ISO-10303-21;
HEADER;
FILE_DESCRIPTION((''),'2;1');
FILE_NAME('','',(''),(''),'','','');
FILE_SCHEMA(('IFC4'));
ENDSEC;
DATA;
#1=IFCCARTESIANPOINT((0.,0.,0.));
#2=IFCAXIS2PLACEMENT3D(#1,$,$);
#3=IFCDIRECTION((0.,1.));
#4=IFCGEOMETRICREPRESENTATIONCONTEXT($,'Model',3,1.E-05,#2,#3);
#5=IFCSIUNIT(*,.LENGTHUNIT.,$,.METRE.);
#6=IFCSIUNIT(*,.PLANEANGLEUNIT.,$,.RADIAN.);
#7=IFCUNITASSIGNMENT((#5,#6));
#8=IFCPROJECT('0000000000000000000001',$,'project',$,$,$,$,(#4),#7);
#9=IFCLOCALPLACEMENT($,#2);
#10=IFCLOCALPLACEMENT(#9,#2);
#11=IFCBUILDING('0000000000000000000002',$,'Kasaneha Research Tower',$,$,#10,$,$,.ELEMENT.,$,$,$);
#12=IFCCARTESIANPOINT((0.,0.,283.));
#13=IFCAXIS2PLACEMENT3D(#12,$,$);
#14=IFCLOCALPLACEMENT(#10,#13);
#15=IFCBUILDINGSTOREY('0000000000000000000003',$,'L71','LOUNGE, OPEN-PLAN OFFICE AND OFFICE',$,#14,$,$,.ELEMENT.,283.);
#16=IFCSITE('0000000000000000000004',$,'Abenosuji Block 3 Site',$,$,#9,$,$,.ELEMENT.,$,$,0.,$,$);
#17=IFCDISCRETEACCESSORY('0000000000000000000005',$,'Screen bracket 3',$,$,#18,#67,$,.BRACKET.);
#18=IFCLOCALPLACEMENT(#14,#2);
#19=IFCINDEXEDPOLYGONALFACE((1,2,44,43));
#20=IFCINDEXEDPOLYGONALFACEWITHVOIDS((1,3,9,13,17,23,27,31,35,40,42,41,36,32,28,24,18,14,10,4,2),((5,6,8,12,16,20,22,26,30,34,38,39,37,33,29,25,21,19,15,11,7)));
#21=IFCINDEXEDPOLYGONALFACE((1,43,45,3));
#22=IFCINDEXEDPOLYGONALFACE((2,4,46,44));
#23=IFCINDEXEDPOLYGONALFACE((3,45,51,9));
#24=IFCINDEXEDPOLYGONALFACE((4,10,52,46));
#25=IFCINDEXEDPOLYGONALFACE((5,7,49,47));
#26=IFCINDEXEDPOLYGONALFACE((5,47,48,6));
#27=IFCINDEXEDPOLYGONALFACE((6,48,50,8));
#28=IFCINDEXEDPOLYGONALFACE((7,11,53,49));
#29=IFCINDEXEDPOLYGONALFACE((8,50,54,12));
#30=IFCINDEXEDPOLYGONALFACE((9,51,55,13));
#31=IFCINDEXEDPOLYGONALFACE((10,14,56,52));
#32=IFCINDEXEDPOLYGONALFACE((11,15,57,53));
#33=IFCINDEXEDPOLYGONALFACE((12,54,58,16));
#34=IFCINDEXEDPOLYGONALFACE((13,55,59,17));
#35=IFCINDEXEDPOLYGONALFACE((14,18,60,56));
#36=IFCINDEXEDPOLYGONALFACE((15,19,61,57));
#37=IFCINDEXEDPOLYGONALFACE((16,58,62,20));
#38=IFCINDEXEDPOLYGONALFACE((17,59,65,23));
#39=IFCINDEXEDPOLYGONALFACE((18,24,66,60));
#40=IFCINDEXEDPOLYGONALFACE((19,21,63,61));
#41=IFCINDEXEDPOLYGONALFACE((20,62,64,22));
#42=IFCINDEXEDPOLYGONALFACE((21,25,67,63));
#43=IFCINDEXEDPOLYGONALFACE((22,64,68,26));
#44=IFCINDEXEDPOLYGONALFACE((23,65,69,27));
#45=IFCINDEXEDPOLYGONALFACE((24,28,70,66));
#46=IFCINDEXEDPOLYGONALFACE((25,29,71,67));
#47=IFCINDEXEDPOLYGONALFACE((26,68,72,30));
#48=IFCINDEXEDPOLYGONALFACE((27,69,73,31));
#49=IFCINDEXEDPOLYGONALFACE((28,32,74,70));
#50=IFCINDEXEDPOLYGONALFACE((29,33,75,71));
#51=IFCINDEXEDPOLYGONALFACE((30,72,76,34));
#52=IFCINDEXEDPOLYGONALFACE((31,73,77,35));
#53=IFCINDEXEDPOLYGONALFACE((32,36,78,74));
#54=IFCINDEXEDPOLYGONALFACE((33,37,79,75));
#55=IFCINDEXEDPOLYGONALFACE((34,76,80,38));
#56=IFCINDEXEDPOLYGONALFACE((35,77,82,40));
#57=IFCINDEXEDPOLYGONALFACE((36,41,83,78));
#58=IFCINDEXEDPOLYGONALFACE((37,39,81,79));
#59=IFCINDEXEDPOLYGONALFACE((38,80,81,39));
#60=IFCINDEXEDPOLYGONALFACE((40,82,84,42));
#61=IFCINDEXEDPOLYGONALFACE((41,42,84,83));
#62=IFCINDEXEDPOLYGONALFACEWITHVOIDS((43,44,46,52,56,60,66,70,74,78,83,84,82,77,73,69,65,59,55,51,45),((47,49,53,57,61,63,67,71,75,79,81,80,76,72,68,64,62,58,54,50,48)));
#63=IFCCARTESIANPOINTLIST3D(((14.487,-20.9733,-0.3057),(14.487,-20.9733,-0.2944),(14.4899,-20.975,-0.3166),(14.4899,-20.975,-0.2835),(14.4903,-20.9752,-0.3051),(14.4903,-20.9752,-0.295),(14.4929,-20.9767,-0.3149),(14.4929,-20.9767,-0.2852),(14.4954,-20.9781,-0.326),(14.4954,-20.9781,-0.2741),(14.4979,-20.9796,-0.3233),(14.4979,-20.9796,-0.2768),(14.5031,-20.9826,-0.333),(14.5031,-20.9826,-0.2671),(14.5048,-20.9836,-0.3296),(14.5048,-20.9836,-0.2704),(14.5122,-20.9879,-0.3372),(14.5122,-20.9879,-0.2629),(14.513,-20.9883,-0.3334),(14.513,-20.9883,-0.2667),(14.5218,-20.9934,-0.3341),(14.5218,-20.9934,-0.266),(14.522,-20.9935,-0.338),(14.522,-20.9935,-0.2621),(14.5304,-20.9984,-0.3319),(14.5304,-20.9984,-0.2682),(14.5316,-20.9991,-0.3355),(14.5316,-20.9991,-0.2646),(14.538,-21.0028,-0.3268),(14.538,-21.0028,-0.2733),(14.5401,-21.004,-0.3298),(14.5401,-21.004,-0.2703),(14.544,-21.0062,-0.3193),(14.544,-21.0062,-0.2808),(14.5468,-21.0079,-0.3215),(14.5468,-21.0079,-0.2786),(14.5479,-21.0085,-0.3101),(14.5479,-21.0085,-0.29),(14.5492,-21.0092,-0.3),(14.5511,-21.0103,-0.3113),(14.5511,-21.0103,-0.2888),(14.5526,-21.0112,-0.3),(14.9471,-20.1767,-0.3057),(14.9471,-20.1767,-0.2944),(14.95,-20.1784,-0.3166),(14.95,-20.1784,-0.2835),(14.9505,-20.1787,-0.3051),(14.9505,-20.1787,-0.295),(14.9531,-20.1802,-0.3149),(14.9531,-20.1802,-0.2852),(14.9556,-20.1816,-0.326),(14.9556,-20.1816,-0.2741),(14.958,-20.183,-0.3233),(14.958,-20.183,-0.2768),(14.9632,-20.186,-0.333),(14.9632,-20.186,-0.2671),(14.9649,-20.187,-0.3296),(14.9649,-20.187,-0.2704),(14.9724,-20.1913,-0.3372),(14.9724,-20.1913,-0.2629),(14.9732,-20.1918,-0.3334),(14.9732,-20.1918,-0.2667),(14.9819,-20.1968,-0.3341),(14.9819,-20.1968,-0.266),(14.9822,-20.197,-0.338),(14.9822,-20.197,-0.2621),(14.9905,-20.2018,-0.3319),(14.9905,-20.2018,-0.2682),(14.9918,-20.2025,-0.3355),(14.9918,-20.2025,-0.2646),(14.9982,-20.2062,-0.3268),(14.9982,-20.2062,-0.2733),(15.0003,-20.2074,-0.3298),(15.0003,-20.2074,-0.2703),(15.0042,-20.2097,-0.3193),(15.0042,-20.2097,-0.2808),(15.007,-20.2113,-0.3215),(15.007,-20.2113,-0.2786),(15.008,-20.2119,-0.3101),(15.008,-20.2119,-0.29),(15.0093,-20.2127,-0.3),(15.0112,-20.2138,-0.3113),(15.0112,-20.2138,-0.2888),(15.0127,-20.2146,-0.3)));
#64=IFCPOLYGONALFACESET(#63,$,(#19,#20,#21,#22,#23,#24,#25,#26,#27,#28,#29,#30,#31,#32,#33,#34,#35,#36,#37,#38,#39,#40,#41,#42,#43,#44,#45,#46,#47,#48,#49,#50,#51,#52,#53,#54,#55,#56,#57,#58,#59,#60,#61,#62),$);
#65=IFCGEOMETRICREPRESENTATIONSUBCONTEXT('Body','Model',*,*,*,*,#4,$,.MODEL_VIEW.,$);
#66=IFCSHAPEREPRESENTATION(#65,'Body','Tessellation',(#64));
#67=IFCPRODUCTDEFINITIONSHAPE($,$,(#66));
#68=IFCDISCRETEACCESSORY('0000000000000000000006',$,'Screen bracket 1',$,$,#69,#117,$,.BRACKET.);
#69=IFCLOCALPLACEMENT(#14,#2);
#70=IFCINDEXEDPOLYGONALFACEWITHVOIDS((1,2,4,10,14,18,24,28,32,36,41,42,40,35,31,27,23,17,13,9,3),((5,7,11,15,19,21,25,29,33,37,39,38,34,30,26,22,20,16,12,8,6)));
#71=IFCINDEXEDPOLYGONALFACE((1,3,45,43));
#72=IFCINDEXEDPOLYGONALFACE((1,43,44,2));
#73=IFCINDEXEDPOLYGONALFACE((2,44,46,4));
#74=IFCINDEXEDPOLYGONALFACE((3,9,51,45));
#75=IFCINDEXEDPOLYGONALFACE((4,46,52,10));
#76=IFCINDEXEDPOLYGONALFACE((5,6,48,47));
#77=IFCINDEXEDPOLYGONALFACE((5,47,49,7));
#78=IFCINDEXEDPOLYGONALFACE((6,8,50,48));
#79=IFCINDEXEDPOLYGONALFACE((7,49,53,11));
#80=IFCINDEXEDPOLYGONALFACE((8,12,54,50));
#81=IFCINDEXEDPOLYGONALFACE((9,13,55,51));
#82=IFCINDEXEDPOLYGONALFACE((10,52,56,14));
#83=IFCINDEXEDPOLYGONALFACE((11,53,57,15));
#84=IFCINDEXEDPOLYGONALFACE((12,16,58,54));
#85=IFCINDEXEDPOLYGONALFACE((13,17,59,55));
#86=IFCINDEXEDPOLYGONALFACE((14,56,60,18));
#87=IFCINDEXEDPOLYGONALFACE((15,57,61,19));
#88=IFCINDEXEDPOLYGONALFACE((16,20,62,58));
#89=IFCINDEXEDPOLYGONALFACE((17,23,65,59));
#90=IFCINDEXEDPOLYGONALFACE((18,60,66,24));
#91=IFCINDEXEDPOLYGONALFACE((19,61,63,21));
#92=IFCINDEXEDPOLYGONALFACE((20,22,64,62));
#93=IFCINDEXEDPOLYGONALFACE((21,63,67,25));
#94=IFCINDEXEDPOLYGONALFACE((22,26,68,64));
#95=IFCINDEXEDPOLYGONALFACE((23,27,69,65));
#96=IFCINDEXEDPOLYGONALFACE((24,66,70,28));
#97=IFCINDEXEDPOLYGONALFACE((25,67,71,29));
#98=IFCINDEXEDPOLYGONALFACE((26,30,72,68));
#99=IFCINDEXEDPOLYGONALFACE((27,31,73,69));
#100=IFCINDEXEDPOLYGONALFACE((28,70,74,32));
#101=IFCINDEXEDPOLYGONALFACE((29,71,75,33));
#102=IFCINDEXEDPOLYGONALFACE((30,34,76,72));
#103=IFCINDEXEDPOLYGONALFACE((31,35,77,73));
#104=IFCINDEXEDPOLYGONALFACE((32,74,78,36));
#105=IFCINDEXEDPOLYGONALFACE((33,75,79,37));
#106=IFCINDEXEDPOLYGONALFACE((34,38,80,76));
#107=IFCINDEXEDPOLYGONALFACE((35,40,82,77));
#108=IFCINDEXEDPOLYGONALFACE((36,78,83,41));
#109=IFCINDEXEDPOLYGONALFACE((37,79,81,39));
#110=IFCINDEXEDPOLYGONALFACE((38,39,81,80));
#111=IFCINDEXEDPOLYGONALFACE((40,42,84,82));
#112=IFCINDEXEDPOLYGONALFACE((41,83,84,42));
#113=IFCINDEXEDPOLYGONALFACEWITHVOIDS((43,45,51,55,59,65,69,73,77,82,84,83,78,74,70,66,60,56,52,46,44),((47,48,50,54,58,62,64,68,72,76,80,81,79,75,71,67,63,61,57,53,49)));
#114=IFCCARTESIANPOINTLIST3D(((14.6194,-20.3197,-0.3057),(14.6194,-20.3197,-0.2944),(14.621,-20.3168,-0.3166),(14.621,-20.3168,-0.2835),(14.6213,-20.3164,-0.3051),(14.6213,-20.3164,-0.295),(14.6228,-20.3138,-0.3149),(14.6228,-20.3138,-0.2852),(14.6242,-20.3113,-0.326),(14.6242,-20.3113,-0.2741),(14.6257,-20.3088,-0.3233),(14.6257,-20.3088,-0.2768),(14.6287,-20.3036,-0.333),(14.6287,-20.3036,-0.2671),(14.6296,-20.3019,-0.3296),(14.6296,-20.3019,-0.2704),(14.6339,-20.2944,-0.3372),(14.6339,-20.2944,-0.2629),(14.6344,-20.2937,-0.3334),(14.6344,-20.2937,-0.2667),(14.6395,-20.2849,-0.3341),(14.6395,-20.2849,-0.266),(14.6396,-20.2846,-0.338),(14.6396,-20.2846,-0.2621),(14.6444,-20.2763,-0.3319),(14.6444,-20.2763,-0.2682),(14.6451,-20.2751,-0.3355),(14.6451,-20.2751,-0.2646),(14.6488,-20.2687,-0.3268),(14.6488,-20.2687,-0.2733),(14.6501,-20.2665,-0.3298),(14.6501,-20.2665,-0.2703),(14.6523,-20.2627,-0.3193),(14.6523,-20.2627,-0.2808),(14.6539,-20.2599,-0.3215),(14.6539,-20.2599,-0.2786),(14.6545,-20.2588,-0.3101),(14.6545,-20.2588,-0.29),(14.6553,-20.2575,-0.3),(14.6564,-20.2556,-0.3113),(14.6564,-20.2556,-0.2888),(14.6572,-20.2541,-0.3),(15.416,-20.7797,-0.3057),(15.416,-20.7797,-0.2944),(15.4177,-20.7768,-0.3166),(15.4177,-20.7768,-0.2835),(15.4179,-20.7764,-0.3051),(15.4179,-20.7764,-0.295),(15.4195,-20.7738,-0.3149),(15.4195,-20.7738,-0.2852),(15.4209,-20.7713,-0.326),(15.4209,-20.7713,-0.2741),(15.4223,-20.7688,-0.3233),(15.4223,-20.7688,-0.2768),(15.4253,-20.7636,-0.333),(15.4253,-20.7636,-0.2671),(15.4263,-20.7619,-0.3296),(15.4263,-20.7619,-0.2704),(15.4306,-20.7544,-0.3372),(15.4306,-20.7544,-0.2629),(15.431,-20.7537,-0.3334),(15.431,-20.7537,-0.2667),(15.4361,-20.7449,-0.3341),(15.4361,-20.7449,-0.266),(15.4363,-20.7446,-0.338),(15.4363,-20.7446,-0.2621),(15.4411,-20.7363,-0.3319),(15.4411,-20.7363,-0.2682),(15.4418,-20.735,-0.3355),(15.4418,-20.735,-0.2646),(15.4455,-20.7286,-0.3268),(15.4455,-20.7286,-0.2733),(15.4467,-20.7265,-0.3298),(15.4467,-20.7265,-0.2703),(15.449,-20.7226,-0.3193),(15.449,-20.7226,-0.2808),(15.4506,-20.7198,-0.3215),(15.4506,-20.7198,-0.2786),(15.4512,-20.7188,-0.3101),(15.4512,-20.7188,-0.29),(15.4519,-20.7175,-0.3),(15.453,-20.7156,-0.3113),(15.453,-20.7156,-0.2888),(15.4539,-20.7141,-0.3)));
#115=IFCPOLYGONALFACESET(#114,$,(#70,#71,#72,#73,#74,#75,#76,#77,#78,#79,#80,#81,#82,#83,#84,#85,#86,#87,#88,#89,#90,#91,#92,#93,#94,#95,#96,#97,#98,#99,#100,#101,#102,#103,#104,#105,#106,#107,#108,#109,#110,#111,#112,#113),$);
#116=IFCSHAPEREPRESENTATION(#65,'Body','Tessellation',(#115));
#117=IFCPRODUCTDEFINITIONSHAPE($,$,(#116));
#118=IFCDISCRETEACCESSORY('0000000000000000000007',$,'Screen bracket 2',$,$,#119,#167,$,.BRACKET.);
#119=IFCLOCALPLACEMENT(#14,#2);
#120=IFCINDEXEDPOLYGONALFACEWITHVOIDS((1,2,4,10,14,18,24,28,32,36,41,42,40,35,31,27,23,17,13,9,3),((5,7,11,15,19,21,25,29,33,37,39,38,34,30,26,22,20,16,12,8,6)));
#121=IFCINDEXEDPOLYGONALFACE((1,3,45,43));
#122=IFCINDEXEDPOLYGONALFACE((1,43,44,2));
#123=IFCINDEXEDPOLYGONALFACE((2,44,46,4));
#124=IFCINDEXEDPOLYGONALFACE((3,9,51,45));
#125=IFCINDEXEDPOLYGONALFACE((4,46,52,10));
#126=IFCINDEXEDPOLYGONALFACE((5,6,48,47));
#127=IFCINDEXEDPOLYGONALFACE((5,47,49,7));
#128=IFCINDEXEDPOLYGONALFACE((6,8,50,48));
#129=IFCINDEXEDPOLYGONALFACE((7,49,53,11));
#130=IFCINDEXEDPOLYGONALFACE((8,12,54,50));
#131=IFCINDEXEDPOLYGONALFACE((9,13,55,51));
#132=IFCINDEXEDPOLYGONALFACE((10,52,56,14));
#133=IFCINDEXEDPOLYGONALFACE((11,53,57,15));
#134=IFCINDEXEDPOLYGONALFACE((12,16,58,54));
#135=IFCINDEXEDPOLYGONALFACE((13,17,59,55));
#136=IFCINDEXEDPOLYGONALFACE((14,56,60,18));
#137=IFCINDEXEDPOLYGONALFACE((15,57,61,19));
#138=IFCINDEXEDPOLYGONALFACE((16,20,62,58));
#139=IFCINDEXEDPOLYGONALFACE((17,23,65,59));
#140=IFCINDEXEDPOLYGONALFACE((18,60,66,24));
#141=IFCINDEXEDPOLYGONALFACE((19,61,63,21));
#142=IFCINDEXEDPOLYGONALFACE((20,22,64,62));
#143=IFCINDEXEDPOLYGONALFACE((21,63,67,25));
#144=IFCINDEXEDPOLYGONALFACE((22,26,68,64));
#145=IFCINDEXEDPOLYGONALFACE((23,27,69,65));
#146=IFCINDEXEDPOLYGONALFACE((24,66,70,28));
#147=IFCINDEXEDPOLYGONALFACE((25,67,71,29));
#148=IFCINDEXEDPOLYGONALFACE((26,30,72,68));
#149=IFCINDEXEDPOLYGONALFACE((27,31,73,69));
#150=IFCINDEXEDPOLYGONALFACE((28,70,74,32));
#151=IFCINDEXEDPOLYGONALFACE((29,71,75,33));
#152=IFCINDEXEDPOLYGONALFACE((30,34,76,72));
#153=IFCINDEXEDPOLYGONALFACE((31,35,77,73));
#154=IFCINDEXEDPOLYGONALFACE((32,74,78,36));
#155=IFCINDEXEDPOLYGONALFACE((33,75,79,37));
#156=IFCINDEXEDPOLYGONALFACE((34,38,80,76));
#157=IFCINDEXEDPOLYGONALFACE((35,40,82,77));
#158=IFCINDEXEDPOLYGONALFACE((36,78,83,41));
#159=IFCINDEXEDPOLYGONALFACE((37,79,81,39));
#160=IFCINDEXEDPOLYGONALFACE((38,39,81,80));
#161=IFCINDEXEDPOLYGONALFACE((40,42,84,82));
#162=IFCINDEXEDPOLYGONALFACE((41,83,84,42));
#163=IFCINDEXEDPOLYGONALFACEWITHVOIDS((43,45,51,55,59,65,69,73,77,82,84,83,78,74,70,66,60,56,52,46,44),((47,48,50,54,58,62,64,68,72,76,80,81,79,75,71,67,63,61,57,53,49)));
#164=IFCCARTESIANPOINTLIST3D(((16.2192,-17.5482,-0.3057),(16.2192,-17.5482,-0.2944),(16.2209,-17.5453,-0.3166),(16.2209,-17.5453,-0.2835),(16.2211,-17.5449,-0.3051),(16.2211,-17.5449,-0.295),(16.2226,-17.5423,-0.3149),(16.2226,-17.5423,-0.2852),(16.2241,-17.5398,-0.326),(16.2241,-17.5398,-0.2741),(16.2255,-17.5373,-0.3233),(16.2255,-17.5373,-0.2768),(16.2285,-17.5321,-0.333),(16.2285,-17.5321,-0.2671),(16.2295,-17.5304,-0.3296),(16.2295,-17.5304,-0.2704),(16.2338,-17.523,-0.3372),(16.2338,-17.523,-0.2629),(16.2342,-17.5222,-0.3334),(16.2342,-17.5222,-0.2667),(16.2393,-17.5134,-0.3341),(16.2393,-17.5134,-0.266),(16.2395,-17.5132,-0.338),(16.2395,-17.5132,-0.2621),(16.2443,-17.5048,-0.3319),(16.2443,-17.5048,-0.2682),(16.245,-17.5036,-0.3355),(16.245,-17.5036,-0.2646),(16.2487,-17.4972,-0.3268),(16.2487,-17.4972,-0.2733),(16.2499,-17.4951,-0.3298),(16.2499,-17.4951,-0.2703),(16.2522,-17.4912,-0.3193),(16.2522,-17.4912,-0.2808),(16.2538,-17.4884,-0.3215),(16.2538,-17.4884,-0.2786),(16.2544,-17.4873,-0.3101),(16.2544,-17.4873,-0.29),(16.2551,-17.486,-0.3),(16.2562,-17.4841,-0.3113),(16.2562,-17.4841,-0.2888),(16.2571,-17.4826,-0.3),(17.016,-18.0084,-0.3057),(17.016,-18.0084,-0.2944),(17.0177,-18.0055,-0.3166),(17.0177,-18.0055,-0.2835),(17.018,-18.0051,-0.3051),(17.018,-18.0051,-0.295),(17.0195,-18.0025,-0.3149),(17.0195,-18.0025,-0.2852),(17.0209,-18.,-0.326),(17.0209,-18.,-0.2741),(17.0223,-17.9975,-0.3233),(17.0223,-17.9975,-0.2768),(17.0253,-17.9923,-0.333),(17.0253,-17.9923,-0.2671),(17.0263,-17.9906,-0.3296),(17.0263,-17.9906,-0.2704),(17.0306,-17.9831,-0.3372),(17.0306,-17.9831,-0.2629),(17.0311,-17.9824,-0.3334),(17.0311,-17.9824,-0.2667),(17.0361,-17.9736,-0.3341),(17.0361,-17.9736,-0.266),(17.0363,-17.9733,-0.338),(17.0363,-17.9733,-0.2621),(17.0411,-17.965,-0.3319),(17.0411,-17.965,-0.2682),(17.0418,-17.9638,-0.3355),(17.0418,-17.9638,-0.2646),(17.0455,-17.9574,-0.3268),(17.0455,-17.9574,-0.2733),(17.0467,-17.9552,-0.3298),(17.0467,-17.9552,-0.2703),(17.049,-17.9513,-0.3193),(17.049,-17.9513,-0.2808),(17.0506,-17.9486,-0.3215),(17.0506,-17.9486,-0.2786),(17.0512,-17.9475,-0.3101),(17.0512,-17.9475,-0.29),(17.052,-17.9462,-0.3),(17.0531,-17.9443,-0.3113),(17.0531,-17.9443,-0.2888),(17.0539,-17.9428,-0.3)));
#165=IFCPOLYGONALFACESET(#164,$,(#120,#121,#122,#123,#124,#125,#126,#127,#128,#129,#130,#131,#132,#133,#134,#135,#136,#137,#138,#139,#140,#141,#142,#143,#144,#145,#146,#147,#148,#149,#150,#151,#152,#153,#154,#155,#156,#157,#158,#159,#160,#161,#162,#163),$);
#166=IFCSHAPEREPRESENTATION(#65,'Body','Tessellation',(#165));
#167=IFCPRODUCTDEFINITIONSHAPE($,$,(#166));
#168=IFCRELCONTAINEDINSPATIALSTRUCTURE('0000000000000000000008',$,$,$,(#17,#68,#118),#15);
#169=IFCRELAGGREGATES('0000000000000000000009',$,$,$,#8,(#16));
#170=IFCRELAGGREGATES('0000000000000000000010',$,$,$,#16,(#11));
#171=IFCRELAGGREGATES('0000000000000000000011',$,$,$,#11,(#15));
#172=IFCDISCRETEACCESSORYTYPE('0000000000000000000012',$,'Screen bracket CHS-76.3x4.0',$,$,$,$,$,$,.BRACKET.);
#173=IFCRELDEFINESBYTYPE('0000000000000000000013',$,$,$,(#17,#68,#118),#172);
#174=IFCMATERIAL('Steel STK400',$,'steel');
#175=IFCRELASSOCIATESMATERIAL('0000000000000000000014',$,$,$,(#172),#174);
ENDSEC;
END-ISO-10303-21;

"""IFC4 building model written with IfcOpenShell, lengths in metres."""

from ifc_helpers import new_model, si_unit, direction, frame, origin, origin_2d, place, context, subcontext, project, spatial, hollow_circle, extrude, material, material_profile, profile_set, type_object, element, save


model = new_model("IFC4")

# Units and contexts
model_context = context("Model", 3, precision=1e-05, world=origin(), true_north=direction((0.0, 1.0)))
body_context = subcontext(model_context, "Body", "Model", "MODEL_VIEW")
ifc_project = project(units=[si_unit("LENGTHUNIT", "METRE"), si_unit("PLANEANGLEUNIT", "RADIAN")], contexts=[model_context])

# Site, building, storey
site_placement = place(None, origin())
site = spatial("IfcSite", under=ifc_project, at=site_placement, Name="Abenosuji Block 3 Site", CompositionType="ELEMENT", RefElevation=0.0)
building_placement = place(site_placement, origin())
building = spatial("IfcBuilding", under=site, at=building_placement, Name="Kasaneha Research Tower", CompositionType="ELEMENT")
storey_placement = place(building_placement, frame((0.0, 0.0, 283.0)))
storey = spatial("IfcBuildingStorey", under=building, at=storey_placement, Name="L71", Description="LOUNGE, OPEN-PLAN OFFICE AND OFFICE", CompositionType="ELEMENT", Elevation=283.0)

# Discrete accessories
ifc_material_1 = material(Name="Steel STK400", Category="steel")
ifc_material_profile_1 = material_profile(ifc_material_1, hollow_circle(Radius=0.0381, WallThickness=0.0039, at=origin_2d()), Name="CHS-76.3x4.0")
ifc_profile_set_1 = profile_set([ifc_material_profile_1], Name="Steel STK400")
discrete_accessory_type = type_object("IfcDiscreteAccessoryType", Name="Screen bracket CHS-76.3x4.0", PredefinedType="BRACKET", material=ifc_profile_set_1)
for number, where, z_axis, x_axis, name in (
    (1, (14.9797, -20.1956, -0.3), (-0.50022, -0.865898, 0.0), (0.865898, -0.50022, 0.0), "Screen bracket 3"),
    (2, (14.6382, -20.2871, -0.3), (0.866013, -0.500021, 0.0), (0.500021, 0.866013, 0.0), "Screen bracket 1"),
):
    element("IfcDiscreteAccessory", number, at=place(storey_placement, frame(where, z_axis=z_axis, x_axis=x_axis)), inside=storey, type_object=discrete_accessory_type, Name=name, PredefinedType="BRACKET", context=body_context, shape_type="SweptSolid", body=[
        extrude(hollow_circle(Radius=0.0381, WallThickness=0.0039, at=origin_2d()), origin(), (0.0, 0.0, 1.0), 0.9199),
    ])
discrete_accessory_placement = place(storey_placement, frame((16.238, -17.5156, -0.3), z_axis=(0.865965, -0.500105, 0.0), x_axis=(0.500105, 0.865965, 0.0)))
element("IfcDiscreteAccessory", 3, at=discrete_accessory_placement, inside=storey, type_object=discrete_accessory_type, Name="Screen bracket 2", PredefinedType="BRACKET", context=body_context, shape_type="SweptSolid", body=[
    extrude(hollow_circle(Radius=0.0381, WallThickness=0.0039, at=origin_2d()), origin(), (0.0, 0.0, 1.0), 0.9202),
])

save(model, "model.ifc")
